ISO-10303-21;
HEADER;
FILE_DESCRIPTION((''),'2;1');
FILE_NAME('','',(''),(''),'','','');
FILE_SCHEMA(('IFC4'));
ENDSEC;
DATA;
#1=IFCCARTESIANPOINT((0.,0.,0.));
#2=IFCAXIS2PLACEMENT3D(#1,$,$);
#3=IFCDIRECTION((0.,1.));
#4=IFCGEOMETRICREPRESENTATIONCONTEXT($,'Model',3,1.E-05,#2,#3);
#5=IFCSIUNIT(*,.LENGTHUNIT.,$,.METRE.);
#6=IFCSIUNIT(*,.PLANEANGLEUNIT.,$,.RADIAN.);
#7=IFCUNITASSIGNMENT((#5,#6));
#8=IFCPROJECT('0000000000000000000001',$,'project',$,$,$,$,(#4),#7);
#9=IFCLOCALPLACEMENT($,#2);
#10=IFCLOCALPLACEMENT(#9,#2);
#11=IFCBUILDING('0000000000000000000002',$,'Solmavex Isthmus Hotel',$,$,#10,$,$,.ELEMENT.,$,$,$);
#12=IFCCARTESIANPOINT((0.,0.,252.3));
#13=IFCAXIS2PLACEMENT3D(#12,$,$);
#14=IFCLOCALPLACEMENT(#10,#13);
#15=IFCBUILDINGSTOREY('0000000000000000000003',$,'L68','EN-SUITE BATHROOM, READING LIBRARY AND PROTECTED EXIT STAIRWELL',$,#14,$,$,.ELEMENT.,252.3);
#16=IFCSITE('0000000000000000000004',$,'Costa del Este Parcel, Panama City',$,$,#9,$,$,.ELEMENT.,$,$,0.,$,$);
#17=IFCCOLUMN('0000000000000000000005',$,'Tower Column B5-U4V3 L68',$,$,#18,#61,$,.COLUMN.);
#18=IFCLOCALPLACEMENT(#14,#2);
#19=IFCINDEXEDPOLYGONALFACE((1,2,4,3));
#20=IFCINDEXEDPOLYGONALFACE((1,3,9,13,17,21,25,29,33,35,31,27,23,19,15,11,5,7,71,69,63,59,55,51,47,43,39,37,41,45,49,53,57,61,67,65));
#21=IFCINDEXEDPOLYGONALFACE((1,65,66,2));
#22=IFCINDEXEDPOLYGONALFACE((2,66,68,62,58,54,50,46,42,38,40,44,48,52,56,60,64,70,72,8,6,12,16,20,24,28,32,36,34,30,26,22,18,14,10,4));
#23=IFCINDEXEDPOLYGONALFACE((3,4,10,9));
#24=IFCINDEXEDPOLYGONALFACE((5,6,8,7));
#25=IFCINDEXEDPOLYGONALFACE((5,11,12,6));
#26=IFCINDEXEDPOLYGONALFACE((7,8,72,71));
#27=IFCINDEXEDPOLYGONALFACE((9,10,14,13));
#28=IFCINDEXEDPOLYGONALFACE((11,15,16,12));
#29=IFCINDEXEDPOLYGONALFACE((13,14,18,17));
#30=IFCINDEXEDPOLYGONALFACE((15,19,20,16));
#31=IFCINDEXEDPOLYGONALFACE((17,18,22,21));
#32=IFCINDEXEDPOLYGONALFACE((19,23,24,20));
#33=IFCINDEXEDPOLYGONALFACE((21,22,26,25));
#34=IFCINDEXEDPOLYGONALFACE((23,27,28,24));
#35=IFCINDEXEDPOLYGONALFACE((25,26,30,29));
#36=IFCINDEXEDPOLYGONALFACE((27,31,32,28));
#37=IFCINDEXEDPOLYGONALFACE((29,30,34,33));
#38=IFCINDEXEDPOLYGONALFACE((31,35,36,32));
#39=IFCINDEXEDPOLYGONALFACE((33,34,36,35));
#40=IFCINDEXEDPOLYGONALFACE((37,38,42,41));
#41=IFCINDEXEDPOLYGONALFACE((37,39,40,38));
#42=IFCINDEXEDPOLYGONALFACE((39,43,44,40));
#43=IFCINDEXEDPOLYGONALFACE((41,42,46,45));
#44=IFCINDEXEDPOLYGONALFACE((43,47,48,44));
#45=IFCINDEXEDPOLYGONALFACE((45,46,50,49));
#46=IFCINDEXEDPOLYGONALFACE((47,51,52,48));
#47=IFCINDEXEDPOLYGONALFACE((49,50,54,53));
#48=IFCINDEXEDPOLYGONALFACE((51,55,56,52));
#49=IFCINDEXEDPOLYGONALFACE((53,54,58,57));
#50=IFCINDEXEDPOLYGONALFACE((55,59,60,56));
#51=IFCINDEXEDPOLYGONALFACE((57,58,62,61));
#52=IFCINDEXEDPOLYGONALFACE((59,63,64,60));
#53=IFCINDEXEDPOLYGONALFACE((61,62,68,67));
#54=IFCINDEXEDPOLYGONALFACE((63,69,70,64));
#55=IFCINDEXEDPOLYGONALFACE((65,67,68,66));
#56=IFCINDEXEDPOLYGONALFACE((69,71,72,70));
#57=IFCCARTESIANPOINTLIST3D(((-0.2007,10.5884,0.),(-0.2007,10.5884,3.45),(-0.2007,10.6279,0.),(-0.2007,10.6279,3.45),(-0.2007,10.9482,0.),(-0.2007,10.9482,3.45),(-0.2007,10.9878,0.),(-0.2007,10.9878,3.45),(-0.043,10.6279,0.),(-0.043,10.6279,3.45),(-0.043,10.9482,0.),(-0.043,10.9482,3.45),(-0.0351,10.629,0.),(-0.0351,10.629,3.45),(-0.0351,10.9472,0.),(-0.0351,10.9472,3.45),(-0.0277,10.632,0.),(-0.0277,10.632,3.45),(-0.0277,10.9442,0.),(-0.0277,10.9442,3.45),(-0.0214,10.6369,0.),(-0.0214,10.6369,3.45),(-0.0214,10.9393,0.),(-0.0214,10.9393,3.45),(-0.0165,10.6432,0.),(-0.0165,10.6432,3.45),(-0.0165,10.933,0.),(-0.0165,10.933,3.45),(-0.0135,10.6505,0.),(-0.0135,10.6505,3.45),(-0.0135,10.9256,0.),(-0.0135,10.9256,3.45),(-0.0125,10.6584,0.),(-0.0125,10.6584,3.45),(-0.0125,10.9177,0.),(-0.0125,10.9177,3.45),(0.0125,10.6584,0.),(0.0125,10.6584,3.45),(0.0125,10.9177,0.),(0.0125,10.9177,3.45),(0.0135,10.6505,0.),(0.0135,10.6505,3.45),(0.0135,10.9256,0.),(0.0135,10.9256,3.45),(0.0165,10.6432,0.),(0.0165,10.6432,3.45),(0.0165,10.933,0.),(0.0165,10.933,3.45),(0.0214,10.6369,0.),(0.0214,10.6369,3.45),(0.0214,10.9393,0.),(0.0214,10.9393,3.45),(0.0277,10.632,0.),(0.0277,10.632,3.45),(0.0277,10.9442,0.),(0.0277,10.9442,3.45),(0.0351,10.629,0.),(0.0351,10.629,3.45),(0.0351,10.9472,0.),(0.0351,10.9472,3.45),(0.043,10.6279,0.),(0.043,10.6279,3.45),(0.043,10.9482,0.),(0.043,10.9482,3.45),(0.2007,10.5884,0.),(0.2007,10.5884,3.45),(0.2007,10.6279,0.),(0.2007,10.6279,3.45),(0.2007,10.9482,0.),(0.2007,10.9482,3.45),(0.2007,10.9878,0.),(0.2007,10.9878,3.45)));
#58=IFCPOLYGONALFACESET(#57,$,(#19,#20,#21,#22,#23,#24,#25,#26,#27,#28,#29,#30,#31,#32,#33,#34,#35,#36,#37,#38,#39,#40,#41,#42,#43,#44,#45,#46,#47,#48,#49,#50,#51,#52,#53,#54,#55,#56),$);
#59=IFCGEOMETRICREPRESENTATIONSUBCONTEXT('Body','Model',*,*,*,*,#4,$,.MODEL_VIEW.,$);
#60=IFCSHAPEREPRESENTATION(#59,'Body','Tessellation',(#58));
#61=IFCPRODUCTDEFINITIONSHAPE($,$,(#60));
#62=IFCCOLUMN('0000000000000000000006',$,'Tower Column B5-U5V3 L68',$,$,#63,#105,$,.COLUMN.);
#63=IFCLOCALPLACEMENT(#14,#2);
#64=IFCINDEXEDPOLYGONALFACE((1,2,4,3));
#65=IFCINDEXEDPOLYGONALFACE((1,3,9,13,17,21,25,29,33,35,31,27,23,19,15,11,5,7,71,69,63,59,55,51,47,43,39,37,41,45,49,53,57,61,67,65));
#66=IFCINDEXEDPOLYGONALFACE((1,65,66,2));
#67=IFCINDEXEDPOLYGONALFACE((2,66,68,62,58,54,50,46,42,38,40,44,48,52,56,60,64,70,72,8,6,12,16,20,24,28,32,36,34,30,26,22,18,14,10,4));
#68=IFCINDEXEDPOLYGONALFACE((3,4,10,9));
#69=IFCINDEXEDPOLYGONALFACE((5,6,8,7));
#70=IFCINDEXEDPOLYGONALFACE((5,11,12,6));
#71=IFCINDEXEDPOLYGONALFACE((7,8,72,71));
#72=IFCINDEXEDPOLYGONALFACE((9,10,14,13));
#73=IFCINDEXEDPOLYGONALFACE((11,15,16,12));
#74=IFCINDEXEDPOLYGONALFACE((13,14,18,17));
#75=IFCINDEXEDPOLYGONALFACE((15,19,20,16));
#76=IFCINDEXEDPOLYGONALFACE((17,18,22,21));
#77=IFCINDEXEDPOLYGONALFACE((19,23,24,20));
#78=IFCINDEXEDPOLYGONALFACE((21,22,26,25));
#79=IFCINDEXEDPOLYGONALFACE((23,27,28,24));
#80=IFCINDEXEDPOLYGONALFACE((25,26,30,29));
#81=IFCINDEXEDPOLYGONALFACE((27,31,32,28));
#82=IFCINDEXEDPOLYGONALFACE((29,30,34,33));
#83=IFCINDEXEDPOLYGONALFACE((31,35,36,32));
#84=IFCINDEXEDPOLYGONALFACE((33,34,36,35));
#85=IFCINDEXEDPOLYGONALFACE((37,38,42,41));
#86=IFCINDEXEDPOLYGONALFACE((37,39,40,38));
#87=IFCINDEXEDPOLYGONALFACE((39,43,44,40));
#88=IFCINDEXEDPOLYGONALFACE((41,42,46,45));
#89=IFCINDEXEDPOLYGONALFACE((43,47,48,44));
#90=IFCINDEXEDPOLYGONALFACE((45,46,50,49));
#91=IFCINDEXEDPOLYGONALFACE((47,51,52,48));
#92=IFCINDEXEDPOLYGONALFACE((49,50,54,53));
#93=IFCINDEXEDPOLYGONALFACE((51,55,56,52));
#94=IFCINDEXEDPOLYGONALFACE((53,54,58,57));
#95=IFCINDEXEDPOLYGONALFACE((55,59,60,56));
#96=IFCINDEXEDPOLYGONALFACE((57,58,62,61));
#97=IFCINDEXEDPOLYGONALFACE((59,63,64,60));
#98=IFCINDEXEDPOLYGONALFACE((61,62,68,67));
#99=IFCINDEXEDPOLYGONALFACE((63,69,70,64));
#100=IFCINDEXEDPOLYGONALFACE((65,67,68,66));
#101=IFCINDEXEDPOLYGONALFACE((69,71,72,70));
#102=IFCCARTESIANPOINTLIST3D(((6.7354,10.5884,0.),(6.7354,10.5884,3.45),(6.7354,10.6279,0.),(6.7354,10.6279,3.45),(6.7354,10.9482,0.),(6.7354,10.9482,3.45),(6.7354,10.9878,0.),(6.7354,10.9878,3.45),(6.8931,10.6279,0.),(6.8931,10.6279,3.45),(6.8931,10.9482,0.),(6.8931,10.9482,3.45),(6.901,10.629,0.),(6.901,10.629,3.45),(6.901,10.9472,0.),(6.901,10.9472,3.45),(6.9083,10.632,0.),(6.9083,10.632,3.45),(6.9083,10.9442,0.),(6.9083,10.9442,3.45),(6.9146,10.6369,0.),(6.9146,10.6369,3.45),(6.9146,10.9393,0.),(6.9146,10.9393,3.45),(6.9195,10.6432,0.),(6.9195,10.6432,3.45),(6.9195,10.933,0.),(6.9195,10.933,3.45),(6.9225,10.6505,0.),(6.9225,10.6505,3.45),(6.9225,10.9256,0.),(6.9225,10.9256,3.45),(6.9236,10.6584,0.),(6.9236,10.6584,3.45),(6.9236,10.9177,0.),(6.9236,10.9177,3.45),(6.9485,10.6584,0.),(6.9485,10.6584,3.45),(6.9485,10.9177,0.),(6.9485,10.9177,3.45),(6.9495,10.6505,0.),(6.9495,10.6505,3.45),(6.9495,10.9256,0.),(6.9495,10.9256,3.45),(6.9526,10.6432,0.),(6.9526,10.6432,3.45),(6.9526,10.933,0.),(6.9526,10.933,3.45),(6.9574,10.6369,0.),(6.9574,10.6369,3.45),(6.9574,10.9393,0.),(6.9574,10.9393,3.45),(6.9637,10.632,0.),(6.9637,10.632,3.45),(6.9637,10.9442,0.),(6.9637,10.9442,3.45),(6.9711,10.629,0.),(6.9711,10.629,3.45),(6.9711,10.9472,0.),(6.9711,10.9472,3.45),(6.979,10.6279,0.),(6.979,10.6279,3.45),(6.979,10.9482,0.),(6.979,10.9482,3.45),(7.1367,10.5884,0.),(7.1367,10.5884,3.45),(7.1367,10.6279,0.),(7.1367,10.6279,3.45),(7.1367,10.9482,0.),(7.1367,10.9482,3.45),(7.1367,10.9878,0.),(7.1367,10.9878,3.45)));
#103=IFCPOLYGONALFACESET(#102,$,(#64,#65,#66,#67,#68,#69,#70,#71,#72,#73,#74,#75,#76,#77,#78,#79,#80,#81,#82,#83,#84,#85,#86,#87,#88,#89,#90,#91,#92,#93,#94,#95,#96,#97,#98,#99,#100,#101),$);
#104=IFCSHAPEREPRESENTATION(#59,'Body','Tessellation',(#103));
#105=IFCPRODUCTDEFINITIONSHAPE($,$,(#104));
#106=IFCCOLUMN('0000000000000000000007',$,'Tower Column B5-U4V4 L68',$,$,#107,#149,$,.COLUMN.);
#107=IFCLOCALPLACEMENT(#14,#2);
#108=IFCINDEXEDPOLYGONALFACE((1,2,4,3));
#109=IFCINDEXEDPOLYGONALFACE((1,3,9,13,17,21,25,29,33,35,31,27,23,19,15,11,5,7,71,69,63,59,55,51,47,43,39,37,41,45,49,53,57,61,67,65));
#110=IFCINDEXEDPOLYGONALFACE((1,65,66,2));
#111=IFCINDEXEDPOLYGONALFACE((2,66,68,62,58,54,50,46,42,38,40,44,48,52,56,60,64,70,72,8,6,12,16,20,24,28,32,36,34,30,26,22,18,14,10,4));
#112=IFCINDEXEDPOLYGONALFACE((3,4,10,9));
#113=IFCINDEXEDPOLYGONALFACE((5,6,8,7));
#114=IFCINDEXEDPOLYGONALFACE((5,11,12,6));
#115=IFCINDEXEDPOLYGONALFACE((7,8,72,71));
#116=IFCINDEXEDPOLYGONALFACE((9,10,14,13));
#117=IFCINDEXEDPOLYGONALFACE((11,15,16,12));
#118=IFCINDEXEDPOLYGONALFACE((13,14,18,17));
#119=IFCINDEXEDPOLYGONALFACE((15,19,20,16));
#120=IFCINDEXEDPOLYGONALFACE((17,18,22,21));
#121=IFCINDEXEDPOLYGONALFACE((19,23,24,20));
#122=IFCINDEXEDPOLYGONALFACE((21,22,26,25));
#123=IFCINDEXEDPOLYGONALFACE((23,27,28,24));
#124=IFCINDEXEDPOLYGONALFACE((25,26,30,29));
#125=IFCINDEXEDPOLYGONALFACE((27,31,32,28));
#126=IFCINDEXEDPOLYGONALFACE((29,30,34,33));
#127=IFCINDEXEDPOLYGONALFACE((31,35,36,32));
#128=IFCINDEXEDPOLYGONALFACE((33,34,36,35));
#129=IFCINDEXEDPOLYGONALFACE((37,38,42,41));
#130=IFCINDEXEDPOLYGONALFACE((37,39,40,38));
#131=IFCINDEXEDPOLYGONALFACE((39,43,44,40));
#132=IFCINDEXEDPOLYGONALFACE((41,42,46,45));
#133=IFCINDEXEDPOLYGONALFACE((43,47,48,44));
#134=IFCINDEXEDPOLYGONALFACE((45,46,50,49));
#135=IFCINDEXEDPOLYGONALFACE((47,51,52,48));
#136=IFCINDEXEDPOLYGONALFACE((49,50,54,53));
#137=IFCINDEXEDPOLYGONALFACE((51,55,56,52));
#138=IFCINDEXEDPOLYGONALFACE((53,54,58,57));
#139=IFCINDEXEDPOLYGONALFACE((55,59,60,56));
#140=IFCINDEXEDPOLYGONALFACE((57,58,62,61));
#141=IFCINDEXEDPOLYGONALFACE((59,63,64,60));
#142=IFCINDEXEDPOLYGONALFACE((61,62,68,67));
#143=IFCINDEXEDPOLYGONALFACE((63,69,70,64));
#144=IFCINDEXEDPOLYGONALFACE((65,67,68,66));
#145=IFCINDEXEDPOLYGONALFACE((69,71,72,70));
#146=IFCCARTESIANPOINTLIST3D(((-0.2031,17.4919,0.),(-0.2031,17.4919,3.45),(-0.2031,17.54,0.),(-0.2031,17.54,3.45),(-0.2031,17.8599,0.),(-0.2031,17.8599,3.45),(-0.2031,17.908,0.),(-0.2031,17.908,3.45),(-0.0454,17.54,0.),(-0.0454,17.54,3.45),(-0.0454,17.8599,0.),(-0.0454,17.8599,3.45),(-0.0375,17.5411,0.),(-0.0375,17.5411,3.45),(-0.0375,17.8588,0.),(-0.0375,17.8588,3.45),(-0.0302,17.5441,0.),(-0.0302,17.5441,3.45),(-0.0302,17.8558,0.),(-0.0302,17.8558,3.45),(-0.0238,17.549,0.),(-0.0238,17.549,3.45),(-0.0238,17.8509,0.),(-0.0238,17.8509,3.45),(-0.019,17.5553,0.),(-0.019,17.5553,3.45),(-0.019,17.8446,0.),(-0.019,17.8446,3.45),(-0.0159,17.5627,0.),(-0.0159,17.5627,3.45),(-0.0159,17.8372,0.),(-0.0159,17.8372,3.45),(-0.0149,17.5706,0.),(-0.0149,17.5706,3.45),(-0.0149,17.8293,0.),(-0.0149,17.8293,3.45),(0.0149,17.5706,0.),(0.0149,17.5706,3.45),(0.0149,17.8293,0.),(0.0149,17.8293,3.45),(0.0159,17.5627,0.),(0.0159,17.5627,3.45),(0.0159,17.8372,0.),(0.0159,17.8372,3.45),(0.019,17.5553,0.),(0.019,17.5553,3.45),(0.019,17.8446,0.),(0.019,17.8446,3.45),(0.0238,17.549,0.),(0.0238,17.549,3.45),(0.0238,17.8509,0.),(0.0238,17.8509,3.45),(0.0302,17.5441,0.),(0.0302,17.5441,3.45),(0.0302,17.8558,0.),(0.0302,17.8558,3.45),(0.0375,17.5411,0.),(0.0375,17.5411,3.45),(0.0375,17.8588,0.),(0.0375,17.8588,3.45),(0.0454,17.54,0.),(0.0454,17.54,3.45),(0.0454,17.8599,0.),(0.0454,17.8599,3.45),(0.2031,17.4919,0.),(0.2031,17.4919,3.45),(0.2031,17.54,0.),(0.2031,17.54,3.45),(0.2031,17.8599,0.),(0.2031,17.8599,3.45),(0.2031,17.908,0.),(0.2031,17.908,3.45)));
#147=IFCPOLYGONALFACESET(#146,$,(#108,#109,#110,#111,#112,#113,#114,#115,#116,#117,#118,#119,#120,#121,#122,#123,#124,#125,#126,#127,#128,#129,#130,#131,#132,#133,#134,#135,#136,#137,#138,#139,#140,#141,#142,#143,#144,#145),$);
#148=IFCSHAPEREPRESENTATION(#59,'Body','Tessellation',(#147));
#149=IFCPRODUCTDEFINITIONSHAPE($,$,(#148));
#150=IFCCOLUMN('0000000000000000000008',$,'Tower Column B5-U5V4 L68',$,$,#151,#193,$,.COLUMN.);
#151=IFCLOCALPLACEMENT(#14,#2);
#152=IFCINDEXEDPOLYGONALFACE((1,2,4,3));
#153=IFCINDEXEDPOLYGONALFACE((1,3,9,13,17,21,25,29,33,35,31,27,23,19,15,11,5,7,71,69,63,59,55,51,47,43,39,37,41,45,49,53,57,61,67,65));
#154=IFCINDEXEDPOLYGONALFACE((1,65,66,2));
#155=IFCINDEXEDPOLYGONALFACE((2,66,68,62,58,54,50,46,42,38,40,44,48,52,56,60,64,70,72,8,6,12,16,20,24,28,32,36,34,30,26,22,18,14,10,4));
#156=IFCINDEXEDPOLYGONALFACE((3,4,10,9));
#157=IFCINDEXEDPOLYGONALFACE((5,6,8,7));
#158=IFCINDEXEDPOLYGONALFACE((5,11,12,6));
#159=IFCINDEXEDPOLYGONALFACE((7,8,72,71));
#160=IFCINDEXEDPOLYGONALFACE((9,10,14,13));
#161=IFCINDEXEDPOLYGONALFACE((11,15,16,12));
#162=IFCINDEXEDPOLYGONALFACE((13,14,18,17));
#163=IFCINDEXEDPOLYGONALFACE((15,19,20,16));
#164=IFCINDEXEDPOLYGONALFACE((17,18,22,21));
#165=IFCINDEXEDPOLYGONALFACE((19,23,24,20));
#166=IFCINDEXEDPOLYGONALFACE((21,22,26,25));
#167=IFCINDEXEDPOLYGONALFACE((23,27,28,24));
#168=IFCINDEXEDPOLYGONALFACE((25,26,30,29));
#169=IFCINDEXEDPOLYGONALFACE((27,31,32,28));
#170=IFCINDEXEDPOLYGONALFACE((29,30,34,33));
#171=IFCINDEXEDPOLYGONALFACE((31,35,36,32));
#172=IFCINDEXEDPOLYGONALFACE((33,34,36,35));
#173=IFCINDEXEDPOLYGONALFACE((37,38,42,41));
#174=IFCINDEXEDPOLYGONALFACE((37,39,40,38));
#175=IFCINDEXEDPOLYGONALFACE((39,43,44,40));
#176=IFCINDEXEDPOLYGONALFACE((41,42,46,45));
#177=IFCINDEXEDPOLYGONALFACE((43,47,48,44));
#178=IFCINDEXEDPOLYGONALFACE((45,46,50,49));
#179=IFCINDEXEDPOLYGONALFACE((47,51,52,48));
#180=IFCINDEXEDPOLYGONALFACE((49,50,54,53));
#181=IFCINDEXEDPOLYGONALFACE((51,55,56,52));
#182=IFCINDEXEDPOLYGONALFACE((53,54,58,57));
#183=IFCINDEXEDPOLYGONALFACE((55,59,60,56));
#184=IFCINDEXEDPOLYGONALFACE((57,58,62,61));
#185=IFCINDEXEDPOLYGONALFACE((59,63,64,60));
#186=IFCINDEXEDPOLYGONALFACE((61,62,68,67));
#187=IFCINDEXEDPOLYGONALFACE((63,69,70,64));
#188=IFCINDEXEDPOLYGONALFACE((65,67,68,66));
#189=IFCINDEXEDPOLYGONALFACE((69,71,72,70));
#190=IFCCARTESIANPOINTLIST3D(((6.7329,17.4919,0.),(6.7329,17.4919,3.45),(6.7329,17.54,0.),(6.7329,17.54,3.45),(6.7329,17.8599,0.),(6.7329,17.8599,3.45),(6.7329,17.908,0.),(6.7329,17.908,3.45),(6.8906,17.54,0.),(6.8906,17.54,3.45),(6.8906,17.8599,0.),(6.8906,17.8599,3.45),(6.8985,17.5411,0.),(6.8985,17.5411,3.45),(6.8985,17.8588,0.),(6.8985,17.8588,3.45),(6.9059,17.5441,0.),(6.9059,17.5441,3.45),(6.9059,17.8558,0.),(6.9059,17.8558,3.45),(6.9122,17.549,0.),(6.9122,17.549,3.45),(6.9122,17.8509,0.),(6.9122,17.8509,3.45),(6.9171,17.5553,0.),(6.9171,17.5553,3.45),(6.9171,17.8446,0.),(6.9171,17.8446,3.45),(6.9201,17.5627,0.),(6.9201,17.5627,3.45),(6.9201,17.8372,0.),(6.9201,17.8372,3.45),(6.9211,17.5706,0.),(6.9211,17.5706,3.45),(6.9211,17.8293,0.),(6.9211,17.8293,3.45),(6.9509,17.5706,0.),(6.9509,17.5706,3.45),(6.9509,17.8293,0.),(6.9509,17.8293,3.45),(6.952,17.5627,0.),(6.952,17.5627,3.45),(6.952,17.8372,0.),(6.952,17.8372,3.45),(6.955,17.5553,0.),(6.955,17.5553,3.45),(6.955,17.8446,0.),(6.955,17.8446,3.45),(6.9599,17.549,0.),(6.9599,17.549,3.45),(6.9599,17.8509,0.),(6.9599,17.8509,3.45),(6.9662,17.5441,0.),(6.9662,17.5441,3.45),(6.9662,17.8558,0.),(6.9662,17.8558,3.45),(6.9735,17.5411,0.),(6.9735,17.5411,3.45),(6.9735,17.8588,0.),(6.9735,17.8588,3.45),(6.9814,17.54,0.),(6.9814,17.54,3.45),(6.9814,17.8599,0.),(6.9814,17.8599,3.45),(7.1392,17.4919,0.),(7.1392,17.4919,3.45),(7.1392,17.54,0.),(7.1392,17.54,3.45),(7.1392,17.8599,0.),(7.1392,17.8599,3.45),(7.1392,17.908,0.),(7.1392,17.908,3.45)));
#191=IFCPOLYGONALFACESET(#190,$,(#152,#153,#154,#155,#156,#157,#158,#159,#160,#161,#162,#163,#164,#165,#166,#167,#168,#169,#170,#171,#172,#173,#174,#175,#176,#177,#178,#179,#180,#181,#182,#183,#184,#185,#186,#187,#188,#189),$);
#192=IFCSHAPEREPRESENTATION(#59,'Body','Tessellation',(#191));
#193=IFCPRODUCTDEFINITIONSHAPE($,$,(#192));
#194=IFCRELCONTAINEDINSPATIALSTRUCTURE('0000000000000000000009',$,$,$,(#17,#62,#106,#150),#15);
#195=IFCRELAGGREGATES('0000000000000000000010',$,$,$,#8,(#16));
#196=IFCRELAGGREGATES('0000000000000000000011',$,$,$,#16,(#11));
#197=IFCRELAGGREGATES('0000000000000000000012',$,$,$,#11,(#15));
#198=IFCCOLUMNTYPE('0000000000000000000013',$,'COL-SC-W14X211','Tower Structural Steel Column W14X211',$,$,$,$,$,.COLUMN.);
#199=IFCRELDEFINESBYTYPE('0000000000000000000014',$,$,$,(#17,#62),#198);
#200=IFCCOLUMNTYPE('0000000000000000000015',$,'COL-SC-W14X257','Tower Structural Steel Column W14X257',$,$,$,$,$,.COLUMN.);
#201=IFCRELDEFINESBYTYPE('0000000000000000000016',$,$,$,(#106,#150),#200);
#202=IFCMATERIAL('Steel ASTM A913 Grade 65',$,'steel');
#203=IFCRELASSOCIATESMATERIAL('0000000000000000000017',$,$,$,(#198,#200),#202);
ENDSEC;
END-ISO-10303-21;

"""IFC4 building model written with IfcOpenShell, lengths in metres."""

from ifc_helpers import new_model, si_unit, direction, frame, origin, origin_2d, place, context, subcontext, project, spatial, i_section, extrude, material, material_profile, profile_set, type_object, element, save


model = new_model("IFC4")

# Units and contexts
model_context = context("Model", 3, precision=1e-05, world=origin(), true_north=direction((0.0, 1.0)))
body_context = subcontext(model_context, "Body", "Model", "MODEL_VIEW")
ifc_project = project(units=[si_unit("LENGTHUNIT", "METRE"), si_unit("PLANEANGLEUNIT", "RADIAN")], contexts=[model_context])

# Site, building, storey
site_placement = place(None, origin())
site = spatial("IfcSite", under=ifc_project, at=site_placement, Name="Costa del Este Parcel, Panama City", CompositionType="ELEMENT", RefElevation=0.0)
building_placement = place(site_placement, origin())
building = spatial("IfcBuilding", under=site, at=building_placement, Name="Solmavex Isthmus Hotel", CompositionType="ELEMENT")
storey_placement = place(building_placement, frame((0.0, 0.0, 252.3)))
storey = spatial("IfcBuildingStorey", under=building, at=storey_placement, Name="L68", Description="EN-SUITE BATHROOM, READING LIBRARY AND PROTECTED EXIT STAIRWELL", CompositionType="ELEMENT", Elevation=252.3)

# Columns
ifc_material_1 = material(Name="Steel ASTM A913 Grade 65", Category="steel")
ifc_material_profile_1 = material_profile(ifc_material_1, i_section(OverallWidth=0.4014, OverallDepth=0.3994, WebThickness=0.0249, FlangeThickness=0.0396, FilletRadius=0.0305, at=origin_2d()), Name="W14X211")
ifc_profile_set_1 = profile_set([ifc_material_profile_1], Name="Steel ASTM A913 Grade 65")
column_type_1 = type_object("IfcColumnType", Name="COL-SC-W14X211", Description="Tower Structural Steel Column W14X211", PredefinedType="COLUMN", material=ifc_profile_set_1)
for number, where, z_axis, x_axis, name in (
    (1, (0.0, 10.7881, 0.0), (0.0, 0.0, 1.0), (1.0, 0.0, 0.0), "Tower Column B5-U4V3 L68"),
    (2, (6.936, 10.7881, 0.0), (0.0, 0.0, 1.0), (1.0, 0.0, 0.0), "Tower Column B5-U5V3 L68"),
):
    element("IfcColumn", number, at=place(storey_placement, frame(where, z_axis=z_axis, x_axis=x_axis)), inside=storey, type_object=column_type_1, Name=name, PredefinedType="COLUMN", context=body_context, shape_type="SweptSolid", body=[
        extrude(i_section(OverallWidth=0.4014, OverallDepth=0.3994, WebThickness=0.0249, FlangeThickness=0.0396, FilletRadius=0.0305, at=origin_2d()), origin(), (0.0, 0.0, 1.0), 3.45),
    ])
ifc_material_profile_2 = material_profile(ifc_material_1, i_section(OverallWidth=0.4062, OverallDepth=0.416, WebThickness=0.0298, FlangeThickness=0.0481, FilletRadius=0.0305, at=origin_2d()), Name="W14X257")
ifc_profile_set_2 = profile_set([ifc_material_profile_2], Name="Steel ASTM A913 Grade 65")
column_type_2 = type_object("IfcColumnType", Name="COL-SC-W14X257", Description="Tower Structural Steel Column W14X257", PredefinedType="COLUMN", material=ifc_profile_set_2)
for number, where, z_axis, x_axis, name in (
    (3, (0.0, 17.7, 0.0), (0.0, 0.0, 1.0), (1.0, 0.0, 0.0), "Tower Column B5-U4V4 L68"),
    (4, (6.936, 17.7, 0.0), (0.0, 0.0, 1.0), (1.0, 0.0, 0.0), "Tower Column B5-U5V4 L68"),
):
    element("IfcColumn", number, at=place(storey_placement, frame(where, z_axis=z_axis, x_axis=x_axis)), inside=storey, type_object=column_type_2, Name=name, PredefinedType="COLUMN", context=body_context, shape_type="SweptSolid", body=[
        extrude(i_section(OverallWidth=0.4062, OverallDepth=0.416, WebThickness=0.0298, FlangeThickness=0.0481, FilletRadius=0.0305, at=origin_2d()), origin(), (0.0, 0.0, 1.0), 3.45),
    ])

save(model, "model.ifc")
